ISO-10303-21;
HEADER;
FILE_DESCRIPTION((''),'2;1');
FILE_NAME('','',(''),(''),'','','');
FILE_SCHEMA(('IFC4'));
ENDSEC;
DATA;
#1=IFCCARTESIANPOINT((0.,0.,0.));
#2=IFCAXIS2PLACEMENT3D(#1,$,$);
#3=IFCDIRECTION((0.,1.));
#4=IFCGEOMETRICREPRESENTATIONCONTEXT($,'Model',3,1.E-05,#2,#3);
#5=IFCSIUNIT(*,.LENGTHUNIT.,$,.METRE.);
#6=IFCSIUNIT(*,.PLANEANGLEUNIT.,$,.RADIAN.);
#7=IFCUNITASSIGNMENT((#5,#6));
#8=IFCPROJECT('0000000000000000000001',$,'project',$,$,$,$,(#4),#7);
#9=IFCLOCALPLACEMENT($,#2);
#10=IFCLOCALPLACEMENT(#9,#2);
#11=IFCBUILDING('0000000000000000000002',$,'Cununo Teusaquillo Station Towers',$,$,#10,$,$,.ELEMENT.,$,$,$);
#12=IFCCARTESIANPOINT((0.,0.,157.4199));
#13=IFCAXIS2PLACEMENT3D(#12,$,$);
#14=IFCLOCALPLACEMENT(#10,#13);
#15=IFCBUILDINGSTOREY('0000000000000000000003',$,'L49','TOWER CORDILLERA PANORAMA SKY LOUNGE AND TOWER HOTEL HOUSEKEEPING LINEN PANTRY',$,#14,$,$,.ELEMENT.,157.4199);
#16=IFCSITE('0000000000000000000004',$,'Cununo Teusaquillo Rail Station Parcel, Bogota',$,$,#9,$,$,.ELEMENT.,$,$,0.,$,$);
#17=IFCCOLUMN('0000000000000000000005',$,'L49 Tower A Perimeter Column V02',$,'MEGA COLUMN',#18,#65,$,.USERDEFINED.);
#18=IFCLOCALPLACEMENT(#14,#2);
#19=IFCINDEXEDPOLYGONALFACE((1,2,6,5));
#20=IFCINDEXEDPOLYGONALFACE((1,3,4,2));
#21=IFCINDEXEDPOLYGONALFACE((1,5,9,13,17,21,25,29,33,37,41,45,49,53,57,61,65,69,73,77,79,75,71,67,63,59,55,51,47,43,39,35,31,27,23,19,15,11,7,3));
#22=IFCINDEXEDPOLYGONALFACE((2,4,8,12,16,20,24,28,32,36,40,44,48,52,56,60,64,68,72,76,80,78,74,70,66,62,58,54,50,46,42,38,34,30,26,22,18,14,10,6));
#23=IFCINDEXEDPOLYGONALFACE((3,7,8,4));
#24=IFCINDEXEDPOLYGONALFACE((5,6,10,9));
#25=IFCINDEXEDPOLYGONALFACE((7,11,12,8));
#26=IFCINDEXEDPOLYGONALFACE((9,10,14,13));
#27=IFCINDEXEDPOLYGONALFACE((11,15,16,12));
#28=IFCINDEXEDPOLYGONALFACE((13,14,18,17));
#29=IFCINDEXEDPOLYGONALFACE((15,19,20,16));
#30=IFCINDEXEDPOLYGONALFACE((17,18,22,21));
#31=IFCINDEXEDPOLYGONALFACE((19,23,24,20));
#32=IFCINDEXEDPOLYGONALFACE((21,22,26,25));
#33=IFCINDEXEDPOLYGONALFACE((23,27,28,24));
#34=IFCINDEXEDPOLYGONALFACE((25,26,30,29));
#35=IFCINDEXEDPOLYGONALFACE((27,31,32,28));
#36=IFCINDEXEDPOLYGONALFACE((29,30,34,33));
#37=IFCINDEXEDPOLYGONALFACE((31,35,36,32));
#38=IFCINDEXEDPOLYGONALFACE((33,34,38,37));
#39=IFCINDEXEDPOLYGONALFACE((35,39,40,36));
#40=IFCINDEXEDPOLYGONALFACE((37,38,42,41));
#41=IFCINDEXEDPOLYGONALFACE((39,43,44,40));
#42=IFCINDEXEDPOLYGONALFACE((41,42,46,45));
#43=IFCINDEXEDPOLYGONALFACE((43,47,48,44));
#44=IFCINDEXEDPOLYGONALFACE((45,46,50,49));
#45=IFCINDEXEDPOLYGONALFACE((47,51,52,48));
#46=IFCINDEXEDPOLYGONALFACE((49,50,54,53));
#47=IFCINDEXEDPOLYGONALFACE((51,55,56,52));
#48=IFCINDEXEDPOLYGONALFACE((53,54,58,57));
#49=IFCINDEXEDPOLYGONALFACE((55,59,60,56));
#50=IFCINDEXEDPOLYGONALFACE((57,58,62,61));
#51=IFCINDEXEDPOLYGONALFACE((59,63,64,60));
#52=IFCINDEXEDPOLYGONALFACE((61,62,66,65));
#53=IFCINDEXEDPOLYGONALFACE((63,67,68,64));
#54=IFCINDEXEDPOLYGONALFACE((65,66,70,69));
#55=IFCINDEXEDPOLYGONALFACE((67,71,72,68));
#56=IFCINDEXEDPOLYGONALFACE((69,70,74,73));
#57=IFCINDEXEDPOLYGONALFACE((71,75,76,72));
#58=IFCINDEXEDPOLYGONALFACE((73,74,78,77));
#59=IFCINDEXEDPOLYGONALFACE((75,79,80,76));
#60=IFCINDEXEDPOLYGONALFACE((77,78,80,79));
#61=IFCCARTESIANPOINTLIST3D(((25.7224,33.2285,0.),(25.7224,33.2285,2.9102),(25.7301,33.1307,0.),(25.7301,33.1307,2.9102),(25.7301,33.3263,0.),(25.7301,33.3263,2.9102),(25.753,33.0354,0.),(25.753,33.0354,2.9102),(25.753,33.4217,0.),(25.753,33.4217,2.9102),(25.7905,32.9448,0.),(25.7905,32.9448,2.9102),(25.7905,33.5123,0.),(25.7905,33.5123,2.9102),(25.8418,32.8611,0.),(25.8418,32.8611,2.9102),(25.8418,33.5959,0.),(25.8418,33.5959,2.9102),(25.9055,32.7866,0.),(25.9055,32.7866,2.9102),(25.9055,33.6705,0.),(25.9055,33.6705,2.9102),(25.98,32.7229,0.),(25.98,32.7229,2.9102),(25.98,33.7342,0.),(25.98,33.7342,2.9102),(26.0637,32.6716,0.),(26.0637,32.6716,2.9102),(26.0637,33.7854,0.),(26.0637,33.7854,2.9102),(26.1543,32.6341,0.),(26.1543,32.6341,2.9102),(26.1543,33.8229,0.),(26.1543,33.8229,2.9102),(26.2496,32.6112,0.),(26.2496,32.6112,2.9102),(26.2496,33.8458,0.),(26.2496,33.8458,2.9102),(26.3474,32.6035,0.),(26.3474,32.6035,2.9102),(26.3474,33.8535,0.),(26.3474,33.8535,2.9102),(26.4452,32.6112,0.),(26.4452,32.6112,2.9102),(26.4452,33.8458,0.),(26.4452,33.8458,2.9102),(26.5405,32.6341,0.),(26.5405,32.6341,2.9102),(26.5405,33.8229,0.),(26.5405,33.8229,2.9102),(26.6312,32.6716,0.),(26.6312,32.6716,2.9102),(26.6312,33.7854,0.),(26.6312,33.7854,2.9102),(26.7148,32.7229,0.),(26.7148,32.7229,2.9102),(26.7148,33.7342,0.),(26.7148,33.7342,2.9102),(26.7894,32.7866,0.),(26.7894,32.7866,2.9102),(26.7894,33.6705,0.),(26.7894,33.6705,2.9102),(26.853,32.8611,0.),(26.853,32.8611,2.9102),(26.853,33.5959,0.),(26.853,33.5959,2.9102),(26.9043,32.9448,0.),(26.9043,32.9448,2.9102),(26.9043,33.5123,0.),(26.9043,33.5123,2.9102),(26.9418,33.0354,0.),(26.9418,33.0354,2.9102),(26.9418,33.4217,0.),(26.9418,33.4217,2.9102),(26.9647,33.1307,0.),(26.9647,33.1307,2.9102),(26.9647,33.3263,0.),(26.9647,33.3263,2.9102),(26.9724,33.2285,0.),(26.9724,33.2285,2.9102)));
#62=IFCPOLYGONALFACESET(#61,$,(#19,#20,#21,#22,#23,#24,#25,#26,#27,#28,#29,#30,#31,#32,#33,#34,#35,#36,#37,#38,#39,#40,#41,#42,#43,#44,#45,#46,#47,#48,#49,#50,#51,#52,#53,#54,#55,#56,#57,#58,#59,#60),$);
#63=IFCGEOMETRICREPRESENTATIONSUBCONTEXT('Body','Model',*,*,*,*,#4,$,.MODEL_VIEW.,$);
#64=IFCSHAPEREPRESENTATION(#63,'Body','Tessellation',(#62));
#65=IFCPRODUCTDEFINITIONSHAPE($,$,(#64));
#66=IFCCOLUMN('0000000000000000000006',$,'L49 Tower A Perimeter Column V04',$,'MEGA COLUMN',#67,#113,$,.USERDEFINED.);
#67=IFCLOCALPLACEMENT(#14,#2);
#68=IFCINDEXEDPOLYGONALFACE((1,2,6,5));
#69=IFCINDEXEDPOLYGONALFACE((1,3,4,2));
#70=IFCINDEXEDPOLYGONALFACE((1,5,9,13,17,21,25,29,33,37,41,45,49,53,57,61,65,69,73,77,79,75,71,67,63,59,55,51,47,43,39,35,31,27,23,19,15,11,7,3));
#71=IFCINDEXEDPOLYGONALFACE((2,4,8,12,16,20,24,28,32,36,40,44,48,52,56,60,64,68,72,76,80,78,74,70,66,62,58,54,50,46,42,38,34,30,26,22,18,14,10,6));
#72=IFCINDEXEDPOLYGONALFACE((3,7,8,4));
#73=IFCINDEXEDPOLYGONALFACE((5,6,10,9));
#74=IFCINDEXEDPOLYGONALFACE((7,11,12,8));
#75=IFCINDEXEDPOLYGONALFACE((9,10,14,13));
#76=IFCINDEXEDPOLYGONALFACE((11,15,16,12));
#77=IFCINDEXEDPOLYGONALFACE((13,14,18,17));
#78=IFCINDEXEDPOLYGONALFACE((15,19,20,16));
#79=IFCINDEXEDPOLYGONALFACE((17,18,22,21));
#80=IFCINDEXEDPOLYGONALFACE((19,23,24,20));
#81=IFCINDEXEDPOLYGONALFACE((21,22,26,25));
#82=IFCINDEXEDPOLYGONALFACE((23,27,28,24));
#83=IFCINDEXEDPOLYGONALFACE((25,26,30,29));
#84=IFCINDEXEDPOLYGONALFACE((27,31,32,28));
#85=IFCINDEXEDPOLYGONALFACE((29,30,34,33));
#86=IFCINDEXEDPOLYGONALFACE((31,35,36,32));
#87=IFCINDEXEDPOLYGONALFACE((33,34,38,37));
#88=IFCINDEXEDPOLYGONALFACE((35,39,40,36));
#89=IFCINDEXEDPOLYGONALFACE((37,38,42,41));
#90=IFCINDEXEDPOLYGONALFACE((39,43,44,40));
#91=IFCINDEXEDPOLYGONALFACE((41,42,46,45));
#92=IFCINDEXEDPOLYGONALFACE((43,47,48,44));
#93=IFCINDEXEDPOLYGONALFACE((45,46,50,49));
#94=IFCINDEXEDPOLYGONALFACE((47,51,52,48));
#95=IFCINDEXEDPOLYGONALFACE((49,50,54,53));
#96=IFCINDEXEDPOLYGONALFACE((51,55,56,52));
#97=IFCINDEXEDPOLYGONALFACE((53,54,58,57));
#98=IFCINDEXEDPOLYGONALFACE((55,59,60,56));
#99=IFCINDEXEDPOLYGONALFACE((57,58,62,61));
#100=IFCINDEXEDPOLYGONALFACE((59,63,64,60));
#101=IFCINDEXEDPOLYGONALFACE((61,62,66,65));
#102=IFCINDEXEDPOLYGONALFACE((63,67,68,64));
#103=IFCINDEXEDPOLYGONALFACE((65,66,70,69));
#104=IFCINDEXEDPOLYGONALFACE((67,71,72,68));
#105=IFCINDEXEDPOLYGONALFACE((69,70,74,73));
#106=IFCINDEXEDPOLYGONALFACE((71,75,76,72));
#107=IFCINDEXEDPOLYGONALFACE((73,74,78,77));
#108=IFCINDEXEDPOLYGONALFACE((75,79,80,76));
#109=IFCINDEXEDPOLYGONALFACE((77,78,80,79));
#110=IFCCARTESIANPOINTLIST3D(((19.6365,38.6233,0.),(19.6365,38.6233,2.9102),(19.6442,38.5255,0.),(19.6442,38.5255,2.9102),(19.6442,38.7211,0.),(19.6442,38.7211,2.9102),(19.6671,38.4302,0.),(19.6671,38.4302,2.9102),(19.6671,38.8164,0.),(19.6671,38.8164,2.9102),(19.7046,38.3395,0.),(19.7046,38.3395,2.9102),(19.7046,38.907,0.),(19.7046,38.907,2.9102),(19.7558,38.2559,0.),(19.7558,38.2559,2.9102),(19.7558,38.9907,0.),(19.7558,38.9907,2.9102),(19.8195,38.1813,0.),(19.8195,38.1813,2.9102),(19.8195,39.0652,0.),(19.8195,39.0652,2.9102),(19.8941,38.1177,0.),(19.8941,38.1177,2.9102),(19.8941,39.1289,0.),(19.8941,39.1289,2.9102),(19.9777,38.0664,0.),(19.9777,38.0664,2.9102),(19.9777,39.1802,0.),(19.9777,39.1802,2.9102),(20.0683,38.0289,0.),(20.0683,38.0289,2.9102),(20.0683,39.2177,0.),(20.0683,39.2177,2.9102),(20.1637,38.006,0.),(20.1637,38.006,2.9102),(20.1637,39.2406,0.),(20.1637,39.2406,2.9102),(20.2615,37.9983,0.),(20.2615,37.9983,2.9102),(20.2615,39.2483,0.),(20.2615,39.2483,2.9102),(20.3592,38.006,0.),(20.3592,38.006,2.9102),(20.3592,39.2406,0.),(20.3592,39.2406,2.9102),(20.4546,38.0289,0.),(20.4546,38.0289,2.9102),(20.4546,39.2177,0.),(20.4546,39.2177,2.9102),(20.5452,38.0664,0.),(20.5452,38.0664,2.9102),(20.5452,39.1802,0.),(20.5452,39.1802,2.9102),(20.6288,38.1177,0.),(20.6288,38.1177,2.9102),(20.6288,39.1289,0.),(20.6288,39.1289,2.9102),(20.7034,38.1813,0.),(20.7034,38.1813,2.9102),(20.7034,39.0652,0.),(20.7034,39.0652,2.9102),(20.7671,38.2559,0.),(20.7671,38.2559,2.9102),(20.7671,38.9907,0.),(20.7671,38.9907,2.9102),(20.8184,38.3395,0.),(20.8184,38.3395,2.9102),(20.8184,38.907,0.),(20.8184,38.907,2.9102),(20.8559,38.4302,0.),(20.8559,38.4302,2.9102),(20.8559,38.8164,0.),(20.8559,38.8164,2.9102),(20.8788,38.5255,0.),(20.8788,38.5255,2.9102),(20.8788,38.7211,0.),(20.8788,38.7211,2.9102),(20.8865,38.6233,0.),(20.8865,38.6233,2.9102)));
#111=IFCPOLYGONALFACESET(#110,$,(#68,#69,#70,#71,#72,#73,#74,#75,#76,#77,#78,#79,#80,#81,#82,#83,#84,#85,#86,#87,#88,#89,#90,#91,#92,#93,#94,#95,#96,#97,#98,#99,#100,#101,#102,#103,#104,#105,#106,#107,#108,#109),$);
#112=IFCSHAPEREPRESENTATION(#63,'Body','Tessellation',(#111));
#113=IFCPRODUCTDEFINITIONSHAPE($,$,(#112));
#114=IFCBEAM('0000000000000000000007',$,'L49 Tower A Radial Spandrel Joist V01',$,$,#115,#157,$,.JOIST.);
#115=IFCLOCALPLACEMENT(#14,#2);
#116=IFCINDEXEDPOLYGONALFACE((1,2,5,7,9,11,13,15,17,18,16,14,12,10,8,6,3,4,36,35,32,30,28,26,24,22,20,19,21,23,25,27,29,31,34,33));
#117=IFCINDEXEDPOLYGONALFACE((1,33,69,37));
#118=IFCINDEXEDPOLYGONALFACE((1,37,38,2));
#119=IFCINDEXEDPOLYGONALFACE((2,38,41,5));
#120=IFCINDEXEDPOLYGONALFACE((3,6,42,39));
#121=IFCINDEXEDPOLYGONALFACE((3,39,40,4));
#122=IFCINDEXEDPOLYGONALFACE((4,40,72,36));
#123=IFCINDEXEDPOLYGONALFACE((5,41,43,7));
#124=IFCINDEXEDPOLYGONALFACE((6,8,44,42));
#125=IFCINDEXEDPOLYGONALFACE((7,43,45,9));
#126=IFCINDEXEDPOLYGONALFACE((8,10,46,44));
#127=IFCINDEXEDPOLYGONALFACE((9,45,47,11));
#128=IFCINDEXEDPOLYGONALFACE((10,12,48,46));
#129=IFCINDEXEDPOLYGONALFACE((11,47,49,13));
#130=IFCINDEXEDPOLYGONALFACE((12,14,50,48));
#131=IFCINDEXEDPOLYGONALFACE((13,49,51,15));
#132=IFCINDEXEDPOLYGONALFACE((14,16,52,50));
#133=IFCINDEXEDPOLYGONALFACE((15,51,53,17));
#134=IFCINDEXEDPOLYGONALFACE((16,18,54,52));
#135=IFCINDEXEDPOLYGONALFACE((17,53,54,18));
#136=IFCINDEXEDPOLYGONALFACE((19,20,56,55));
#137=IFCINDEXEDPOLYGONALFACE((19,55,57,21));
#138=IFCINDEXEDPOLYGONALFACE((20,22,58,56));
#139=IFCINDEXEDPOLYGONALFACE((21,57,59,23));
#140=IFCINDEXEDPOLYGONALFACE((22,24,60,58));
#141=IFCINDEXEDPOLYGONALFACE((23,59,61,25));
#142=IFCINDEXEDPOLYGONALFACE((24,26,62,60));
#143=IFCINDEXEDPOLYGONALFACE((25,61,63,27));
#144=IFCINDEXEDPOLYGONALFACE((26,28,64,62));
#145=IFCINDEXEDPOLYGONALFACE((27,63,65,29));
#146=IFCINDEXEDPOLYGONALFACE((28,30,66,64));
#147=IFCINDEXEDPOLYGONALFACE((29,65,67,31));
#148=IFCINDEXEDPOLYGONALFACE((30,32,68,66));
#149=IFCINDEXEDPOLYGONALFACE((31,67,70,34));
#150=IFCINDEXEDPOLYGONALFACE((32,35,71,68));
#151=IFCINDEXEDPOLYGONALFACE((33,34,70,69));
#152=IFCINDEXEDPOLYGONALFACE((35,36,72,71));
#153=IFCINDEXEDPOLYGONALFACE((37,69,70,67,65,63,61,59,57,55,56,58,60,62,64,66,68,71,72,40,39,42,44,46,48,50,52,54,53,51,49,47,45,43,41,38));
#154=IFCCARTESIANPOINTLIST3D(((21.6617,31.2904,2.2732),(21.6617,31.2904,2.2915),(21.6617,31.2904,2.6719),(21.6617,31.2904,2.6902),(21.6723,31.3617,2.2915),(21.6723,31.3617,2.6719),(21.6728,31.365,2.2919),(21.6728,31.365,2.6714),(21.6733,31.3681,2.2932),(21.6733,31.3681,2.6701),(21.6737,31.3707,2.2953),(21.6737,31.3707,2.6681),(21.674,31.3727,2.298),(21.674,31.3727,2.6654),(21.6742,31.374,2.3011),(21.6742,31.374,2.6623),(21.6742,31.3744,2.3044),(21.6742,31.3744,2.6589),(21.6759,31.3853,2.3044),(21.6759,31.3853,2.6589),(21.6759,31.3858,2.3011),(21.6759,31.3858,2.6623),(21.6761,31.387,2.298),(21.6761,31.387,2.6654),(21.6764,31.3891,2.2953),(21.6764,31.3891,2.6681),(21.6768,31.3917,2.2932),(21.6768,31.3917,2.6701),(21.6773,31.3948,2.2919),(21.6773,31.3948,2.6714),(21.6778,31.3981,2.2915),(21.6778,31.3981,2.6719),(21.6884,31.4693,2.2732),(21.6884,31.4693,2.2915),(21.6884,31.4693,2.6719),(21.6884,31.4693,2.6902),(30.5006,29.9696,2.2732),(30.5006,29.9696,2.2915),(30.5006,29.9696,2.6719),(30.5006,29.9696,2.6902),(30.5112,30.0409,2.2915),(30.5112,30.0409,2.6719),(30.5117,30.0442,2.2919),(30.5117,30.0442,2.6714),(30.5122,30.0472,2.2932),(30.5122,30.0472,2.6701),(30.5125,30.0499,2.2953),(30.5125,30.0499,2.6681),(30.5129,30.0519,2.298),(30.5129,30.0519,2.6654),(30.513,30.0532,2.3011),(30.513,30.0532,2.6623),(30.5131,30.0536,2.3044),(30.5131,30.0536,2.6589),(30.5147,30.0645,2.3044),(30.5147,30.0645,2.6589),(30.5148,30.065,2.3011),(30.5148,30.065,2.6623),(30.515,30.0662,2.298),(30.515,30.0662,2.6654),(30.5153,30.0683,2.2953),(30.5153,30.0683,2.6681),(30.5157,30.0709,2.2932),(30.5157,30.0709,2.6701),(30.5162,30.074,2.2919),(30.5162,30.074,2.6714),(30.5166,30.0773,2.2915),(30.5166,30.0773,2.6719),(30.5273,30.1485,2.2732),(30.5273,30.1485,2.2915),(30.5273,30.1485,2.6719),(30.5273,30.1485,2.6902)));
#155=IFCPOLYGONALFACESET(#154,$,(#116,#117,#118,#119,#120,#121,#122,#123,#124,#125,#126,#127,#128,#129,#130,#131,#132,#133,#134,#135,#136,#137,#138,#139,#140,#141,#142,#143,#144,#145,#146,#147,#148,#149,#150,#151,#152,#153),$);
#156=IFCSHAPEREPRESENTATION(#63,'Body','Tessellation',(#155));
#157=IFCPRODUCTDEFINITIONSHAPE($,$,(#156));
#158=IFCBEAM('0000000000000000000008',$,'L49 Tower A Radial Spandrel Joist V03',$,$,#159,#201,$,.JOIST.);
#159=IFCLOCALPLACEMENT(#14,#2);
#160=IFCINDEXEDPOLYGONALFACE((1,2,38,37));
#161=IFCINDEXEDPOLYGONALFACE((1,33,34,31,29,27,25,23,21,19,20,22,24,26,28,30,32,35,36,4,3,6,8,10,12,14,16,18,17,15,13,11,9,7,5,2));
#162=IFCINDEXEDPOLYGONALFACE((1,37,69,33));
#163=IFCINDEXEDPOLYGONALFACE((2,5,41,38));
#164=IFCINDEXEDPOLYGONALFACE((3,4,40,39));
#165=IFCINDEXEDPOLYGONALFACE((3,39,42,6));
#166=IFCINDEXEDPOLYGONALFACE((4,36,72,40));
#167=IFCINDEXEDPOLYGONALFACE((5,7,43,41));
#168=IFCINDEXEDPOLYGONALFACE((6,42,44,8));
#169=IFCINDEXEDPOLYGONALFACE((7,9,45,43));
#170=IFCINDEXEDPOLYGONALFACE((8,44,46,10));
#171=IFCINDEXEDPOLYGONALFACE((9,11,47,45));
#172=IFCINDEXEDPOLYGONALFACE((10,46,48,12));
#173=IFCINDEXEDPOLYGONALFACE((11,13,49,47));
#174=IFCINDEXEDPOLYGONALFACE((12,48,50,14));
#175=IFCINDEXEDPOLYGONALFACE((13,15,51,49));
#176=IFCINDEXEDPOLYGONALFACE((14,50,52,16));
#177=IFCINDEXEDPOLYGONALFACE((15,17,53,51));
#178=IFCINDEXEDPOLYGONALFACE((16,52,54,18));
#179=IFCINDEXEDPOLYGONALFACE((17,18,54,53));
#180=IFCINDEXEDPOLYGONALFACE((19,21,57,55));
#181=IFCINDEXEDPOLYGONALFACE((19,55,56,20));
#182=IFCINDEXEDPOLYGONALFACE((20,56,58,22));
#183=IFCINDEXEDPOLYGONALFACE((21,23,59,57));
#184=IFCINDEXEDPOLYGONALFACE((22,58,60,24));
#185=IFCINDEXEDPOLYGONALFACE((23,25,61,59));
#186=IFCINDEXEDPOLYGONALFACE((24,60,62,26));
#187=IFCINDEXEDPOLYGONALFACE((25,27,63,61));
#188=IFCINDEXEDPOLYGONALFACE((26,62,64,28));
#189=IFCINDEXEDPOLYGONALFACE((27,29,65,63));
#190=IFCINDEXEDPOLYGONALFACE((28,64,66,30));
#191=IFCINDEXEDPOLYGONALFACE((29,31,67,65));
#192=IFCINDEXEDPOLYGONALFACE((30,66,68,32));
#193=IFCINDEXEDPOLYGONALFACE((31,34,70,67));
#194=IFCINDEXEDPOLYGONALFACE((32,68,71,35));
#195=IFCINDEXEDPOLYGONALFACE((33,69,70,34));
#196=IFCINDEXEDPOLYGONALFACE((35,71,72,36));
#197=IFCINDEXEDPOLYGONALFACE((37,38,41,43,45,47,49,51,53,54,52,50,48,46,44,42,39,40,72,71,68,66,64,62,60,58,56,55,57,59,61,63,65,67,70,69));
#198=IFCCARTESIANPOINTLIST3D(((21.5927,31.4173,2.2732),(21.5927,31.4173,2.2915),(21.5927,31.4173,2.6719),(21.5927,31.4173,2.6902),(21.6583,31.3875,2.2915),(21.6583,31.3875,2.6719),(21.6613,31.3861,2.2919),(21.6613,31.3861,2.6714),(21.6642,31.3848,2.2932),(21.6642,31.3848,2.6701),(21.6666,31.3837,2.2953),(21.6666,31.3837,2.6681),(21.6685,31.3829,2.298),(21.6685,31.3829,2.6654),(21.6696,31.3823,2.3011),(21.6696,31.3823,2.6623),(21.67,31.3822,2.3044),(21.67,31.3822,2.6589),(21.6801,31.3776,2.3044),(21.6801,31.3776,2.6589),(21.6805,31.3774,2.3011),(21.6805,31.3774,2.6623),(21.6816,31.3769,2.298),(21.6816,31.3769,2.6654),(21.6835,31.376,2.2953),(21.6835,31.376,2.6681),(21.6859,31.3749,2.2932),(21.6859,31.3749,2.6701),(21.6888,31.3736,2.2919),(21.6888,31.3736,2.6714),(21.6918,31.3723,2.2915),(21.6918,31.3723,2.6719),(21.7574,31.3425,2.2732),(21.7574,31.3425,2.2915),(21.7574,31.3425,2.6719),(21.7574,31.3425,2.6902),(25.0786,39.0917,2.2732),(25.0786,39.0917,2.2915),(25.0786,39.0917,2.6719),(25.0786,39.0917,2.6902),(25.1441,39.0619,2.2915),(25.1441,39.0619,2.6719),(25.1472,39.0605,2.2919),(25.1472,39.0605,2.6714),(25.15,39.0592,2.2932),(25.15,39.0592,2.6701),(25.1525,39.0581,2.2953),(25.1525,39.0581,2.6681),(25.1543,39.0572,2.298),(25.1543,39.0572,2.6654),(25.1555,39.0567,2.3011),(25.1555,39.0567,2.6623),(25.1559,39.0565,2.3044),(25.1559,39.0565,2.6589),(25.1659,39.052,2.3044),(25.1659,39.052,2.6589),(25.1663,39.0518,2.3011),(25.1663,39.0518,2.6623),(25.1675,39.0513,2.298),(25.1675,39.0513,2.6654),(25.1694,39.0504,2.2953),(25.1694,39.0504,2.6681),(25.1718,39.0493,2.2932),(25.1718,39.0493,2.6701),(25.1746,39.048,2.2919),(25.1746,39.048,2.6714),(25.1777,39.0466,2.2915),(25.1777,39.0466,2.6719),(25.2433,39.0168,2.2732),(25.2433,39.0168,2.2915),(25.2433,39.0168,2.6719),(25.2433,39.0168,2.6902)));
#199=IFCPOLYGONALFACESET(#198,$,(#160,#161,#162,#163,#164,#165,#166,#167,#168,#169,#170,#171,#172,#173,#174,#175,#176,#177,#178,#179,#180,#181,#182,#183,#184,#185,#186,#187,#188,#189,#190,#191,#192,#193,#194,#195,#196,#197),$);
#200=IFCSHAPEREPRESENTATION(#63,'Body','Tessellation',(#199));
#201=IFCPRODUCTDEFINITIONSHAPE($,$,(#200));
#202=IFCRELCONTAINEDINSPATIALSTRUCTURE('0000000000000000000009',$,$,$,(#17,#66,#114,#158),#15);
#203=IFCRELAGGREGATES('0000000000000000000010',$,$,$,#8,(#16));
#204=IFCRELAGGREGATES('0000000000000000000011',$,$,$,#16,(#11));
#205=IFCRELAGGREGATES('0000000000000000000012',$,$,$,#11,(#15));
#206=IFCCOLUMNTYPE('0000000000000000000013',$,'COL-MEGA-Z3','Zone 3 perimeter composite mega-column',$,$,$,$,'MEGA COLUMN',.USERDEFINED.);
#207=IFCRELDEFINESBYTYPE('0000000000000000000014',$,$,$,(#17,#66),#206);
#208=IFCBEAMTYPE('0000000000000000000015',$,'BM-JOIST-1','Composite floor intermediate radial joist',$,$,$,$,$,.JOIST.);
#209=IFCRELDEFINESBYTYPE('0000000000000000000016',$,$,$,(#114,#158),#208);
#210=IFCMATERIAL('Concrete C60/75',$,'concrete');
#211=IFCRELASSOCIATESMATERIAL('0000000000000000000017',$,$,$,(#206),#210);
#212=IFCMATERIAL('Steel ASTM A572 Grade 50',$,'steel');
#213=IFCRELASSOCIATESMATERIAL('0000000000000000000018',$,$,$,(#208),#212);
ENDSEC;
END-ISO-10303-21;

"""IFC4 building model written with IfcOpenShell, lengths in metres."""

from ifc_helpers import new_model, si_unit, direction, frame, origin, origin_2d, place, context, subcontext, project, spatial, circle, i_section, extrude, material, material_profile, profile_set, type_object, element, save


model = new_model("IFC4")

# Units and contexts
model_context = context("Model", 3, precision=1e-05, world=origin(), true_north=direction((0.0, 1.0)))
body_context = subcontext(model_context, "Body", "Model", "MODEL_VIEW")
ifc_project = project(units=[si_unit("LENGTHUNIT", "METRE"), si_unit("PLANEANGLEUNIT", "RADIAN")], contexts=[model_context])

# Site, building, storey
site_placement = place(None, origin())
site = spatial("IfcSite", under=ifc_project, at=site_placement, Name="Cununo Teusaquillo Rail Station Parcel, Bogota", CompositionType="ELEMENT", RefElevation=0.0)
building_placement = place(site_placement, origin())
building = spatial("IfcBuilding", under=site, at=building_placement, Name="Cununo Teusaquillo Station Towers", CompositionType="ELEMENT")
storey_placement = place(building_placement, frame((0.0, 0.0, 157.4199)))
storey = spatial("IfcBuildingStorey", under=building, at=storey_placement, Name="L49", Description="TOWER CORDILLERA PANORAMA SKY LOUNGE AND TOWER HOTEL HOUSEKEEPING LINEN PANTRY", CompositionType="ELEMENT", Elevation=157.4199)

# Columns
ifc_material_1 = material(Name="Concrete C60/75", Category="concrete")
ifc_material_profile_1 = material_profile(ifc_material_1, circle(Radius=0.625, at=origin_2d()), Name="RC-CIRC-1250")
ifc_profile_set_1 = profile_set([ifc_material_profile_1], Name="Concrete C60/75")
column_type = type_object("IfcColumnType", Name="COL-MEGA-Z3", Description="Zone 3 perimeter composite mega-column", ElementType="MEGA COLUMN", PredefinedType="USERDEFINED", material=ifc_profile_set_1)
for number, where, z_axis, x_axis, name in (
    (1, (26.3474, 33.2285, 0.0), (0.0, 0.0, 1.0), (1.0, 0.0, 0.0), "L49 Tower A Perimeter Column V02"),
    (2, (20.2615, 38.6233, 0.0), (0.0, 0.0, 1.0), (1.0, 0.0, 0.0), "L49 Tower A Perimeter Column V04"),
):
    element("IfcColumn", number, at=place(storey_placement, frame(where, z_axis=z_axis, x_axis=x_axis)), inside=storey, type_object=column_type, Name=name, ObjectType="MEGA COLUMN", PredefinedType="USERDEFINED", context=body_context, shape_type="SweptSolid", body=[
        extrude(circle(Radius=0.625, at=origin_2d()), origin(), (0.0, 0.0, 1.0), 2.9102),
    ])

# Beams
ifc_material_2 = material(Name="Steel ASTM A572 Grade 50", Category="steel")
ifc_material_profile_2 = material_profile(ifc_material_2, i_section(OverallWidth=0.1809, OverallDepth=0.417, WebThickness=0.011, FlangeThickness=0.0183, FilletRadius=0.0129, at=origin_2d()), Name="W16X57")
ifc_profile_set_2 = profile_set([ifc_material_profile_2], Name="Steel ASTM A572 Grade 50")
beam_type_1 = type_object("IfcBeamType", Name="BM-JOIST-1", Description="Composite floor intermediate radial joist", PredefinedType="JOIST", material=ifc_profile_set_2)
beam_1_placement = place(storey_placement, frame((21.675, 31.3799, 2.4817), z_axis=(0.989019, -0.14779, 0.0), x_axis=(0.14779, 0.989019, 0.0)))
element("IfcBeam", 3, at=beam_1_placement, inside=storey, type_object=beam_type_1, Name="L49 Tower A Radial Spandrel Joist V01", PredefinedType="JOIST", context=body_context, shape_type="SweptSolid", body=[
    extrude(i_section(OverallWidth=0.1809, OverallDepth=0.417, WebThickness=0.011, FlangeThickness=0.0183, FilletRadius=0.0129, at=origin_2d()), origin(), (0.0, 0.0, 1.0), 8.937),
])
beam_2_placement = place(storey_placement, frame((21.675, 31.3799, 2.4817), z_axis=(0.413559, 0.910478, 0.0), x_axis=(-0.910478, 0.413559, 0.0)))
element("IfcBeam", 4, at=beam_2_placement, inside=storey, type_object=beam_type_1, Name="L49 Tower A Radial Spandrel Joist V03", PredefinedType="JOIST", context=body_context, shape_type="SweptSolid", body=[
    extrude(i_section(OverallWidth=0.1809, OverallDepth=0.417, WebThickness=0.011, FlangeThickness=0.0183, FilletRadius=0.0129, at=origin_2d()), origin(), (0.0, 0.0, 1.0), 8.429),
])

save(model, "model.ifc")
